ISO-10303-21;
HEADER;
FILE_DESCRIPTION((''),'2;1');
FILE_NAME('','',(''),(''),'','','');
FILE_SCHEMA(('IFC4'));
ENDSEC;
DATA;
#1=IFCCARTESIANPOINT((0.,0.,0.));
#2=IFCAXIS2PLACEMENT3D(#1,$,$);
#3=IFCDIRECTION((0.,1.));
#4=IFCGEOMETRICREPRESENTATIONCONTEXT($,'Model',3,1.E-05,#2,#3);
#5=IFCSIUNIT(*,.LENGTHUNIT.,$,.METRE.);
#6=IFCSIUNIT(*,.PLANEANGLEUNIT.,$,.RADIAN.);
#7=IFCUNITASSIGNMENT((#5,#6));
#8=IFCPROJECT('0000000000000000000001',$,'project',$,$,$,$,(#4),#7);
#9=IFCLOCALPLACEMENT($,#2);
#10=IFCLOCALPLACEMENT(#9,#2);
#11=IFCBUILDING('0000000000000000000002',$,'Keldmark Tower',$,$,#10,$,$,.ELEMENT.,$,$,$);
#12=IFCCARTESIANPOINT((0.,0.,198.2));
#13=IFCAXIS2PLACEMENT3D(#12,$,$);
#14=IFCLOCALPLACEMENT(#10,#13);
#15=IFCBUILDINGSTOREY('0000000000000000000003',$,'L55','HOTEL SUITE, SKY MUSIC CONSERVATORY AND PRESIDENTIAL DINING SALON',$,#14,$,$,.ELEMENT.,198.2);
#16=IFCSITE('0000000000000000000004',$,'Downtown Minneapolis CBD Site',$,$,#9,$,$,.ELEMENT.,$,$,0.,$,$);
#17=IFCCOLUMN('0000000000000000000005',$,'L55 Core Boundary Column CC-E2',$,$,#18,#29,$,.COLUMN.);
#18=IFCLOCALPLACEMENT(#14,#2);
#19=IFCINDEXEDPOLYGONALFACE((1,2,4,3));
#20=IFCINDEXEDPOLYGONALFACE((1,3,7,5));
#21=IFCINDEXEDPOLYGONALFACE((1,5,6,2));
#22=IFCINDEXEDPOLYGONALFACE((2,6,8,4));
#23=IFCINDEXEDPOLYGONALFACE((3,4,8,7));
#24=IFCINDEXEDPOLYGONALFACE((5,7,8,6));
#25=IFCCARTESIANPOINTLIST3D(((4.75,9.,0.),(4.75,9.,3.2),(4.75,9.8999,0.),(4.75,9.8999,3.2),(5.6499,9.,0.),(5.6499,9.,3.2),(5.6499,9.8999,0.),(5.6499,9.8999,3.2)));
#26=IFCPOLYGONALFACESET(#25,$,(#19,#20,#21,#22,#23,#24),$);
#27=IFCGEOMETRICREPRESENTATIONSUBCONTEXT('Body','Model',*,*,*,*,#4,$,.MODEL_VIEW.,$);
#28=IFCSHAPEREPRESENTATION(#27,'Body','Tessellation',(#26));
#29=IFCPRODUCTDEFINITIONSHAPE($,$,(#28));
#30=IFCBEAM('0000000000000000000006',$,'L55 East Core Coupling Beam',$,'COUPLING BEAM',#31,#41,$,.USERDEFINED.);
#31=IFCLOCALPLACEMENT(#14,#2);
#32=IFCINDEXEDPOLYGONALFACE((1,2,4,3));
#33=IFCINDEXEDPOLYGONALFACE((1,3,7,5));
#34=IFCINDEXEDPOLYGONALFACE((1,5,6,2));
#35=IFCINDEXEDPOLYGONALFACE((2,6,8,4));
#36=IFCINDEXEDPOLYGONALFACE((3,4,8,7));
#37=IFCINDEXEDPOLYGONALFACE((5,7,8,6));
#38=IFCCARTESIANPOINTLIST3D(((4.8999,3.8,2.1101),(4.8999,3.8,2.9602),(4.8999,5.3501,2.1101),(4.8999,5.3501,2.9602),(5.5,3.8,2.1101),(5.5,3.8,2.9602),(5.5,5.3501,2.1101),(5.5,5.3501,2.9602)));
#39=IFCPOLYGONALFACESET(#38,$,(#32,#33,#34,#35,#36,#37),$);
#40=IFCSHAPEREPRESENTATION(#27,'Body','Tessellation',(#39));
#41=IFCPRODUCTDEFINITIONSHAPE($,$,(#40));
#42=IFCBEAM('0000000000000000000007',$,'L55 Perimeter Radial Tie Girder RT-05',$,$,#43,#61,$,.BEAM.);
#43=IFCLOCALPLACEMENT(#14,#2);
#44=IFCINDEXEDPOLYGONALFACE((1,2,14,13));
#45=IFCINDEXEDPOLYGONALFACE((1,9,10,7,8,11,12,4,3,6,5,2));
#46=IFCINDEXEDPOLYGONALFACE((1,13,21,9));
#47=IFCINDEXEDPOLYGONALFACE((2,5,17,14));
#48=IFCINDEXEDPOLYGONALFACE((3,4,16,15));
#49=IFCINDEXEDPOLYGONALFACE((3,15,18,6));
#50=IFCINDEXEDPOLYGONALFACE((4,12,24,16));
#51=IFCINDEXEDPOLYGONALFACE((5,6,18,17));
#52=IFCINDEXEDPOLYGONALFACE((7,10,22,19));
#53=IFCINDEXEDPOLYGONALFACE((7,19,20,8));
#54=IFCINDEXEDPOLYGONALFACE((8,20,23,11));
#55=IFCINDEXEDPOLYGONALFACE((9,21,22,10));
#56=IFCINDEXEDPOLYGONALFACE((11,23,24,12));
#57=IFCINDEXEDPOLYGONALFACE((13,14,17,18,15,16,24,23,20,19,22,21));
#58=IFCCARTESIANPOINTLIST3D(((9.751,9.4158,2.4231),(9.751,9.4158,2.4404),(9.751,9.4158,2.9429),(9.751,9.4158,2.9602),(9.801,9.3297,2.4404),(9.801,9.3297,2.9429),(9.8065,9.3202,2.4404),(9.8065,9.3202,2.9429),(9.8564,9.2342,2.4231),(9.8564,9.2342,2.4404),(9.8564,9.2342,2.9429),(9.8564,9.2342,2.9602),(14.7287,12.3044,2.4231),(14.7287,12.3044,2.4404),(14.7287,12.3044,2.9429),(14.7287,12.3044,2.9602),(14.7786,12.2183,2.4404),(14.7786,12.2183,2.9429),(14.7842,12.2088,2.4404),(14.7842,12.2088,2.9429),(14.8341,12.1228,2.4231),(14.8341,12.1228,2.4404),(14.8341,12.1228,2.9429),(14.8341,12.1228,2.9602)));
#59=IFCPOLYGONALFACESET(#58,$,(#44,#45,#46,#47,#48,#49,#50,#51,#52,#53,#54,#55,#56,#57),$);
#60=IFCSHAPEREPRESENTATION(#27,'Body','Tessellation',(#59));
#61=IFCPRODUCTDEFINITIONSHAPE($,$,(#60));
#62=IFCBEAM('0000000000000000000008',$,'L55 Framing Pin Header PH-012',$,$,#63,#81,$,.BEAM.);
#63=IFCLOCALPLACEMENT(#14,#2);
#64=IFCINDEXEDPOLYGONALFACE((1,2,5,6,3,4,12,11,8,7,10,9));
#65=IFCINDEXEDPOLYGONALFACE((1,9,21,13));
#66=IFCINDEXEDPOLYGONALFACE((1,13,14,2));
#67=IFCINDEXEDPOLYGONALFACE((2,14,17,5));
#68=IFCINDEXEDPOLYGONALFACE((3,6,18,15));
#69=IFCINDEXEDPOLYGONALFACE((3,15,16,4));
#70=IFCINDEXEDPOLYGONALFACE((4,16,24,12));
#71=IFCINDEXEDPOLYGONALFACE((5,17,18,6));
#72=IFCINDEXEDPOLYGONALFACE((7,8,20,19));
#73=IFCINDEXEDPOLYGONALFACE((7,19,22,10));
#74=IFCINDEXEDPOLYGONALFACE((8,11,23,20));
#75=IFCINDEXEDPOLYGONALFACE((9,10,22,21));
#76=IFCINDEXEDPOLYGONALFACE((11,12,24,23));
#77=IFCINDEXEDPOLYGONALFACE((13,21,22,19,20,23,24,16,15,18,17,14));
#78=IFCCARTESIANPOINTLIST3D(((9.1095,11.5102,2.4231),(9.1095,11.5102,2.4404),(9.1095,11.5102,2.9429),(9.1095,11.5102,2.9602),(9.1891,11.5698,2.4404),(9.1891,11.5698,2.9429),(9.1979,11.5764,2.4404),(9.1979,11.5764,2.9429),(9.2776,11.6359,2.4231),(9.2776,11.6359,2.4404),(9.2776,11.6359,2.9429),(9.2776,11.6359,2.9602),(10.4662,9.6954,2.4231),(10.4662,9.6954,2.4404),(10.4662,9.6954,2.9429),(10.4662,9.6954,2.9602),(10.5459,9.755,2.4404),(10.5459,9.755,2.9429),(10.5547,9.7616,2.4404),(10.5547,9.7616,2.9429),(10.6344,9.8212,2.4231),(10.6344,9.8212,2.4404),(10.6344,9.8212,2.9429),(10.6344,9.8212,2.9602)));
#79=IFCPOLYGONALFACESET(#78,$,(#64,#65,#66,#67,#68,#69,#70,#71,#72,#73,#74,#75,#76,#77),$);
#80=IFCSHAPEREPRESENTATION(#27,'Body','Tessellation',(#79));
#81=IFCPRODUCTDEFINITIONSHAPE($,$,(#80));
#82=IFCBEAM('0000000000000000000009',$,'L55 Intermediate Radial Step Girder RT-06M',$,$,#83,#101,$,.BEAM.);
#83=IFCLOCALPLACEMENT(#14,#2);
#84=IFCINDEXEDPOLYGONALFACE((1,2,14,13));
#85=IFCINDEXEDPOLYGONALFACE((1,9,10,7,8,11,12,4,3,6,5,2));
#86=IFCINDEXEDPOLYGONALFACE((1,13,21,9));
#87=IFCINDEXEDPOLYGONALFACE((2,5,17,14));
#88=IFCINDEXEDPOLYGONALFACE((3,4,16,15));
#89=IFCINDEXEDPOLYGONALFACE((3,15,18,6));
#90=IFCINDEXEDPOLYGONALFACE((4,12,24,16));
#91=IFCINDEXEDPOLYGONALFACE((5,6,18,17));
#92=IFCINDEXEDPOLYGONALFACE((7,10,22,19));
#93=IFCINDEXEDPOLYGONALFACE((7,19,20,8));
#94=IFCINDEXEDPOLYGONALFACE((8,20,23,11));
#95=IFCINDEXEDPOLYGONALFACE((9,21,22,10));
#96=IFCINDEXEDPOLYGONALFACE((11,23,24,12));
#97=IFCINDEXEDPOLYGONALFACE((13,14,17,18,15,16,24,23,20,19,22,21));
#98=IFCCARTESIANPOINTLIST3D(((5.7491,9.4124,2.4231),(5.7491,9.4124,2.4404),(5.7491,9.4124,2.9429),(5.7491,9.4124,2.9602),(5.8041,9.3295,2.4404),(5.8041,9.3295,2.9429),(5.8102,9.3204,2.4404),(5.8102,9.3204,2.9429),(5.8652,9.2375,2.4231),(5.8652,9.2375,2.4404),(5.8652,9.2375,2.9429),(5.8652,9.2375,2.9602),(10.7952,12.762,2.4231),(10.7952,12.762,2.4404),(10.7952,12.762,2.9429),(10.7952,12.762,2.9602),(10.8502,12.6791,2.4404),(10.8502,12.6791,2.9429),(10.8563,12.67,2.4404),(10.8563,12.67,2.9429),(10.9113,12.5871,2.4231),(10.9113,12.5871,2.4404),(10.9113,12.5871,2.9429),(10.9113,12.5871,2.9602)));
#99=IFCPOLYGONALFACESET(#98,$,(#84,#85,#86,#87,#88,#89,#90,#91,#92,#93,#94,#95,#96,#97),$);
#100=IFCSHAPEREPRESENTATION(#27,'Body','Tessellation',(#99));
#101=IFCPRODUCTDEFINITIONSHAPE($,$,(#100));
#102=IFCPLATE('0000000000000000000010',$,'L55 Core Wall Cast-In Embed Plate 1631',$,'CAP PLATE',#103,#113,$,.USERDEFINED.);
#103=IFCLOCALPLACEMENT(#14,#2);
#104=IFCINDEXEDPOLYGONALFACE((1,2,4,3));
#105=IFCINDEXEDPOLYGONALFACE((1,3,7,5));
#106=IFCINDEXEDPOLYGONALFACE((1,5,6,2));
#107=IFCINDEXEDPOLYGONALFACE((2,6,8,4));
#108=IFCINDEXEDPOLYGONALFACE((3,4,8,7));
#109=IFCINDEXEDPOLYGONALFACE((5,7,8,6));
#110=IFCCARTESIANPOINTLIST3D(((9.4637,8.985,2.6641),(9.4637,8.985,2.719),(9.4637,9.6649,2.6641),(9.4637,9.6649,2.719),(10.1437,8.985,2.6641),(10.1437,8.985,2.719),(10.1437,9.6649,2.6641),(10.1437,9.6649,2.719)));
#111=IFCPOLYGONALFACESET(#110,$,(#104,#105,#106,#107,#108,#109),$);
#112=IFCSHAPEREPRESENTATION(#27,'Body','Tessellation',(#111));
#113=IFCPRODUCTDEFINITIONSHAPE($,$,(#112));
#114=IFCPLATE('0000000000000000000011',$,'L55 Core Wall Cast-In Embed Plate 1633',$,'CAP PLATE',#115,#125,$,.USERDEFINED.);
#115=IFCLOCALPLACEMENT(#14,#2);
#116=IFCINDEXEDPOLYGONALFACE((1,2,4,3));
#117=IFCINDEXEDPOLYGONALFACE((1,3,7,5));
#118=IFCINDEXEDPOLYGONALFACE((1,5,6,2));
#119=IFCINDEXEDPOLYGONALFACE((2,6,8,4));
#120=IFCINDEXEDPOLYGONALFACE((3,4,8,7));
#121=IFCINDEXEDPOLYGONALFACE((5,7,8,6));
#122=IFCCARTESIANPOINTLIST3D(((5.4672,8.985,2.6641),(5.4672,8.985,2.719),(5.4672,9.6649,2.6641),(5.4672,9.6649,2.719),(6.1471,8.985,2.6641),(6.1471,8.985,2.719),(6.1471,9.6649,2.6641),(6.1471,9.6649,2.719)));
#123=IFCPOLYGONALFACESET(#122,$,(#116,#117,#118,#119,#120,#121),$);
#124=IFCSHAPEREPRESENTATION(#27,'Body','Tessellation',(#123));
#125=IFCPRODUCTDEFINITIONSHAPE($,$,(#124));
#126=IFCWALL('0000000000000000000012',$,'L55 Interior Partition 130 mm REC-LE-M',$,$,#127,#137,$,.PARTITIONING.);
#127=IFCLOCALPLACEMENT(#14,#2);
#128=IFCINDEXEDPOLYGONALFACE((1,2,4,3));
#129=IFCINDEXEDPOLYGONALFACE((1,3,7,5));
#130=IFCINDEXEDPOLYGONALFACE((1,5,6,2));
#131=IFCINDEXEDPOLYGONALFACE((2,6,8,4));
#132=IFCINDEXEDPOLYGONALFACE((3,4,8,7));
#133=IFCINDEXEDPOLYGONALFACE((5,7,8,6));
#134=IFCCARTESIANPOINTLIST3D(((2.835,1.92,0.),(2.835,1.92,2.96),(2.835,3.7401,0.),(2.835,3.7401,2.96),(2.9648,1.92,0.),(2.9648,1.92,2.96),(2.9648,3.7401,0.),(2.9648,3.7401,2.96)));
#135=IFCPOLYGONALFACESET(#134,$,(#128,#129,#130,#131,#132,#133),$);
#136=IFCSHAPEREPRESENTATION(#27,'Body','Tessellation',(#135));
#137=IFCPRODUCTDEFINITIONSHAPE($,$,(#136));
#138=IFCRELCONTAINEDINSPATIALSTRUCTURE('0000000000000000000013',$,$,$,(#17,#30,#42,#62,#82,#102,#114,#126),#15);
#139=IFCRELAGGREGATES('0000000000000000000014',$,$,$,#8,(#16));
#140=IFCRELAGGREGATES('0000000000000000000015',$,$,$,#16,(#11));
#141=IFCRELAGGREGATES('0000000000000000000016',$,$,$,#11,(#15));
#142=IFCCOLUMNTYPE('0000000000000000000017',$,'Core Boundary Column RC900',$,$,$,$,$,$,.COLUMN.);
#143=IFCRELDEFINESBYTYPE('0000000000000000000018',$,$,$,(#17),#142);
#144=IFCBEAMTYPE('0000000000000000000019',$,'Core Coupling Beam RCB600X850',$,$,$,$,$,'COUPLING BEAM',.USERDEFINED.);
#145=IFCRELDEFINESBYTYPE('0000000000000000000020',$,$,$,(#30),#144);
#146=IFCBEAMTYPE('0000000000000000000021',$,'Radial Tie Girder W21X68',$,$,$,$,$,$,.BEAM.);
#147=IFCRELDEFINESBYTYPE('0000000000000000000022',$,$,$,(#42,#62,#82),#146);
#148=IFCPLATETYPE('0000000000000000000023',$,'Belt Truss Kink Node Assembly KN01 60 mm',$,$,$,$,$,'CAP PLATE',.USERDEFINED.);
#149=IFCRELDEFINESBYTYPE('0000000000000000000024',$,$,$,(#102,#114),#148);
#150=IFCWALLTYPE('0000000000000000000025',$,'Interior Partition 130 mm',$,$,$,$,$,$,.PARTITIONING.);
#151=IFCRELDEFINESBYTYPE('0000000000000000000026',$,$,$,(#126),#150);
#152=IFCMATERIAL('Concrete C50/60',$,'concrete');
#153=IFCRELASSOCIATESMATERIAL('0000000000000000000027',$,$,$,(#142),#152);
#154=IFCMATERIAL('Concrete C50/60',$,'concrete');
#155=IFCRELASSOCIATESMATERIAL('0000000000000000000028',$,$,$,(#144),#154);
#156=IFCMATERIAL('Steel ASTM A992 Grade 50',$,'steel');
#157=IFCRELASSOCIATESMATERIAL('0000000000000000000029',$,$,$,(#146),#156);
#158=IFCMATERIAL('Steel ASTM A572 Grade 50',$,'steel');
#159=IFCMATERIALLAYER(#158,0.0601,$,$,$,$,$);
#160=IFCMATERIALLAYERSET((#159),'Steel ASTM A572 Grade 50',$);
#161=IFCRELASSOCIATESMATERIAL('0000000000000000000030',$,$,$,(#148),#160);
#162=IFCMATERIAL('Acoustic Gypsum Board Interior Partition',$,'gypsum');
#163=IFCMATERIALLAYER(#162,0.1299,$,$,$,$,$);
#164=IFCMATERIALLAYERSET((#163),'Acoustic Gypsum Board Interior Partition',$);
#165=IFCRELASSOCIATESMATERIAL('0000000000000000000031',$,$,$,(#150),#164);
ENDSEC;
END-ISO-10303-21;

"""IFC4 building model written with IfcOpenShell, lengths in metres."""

from ifc_helpers import new_model, si_unit, direction, frame, frame_2d, origin, origin_2d, place, context, subcontext, project, spatial, rectangle, i_section, extrude, material, layer, layer_set, material_profile, profile_set, type_object, element, save


model = new_model("IFC4")

# Units and contexts
model_context = context("Model", 3, precision=1e-05, world=origin(), true_north=direction((0.0, 1.0)))
body_context = subcontext(model_context, "Body", "Model", "MODEL_VIEW")
ifc_project = project(units=[si_unit("LENGTHUNIT", "METRE"), si_unit("PLANEANGLEUNIT", "RADIAN")], contexts=[model_context])

# Site, building, storey
site_placement = place(None, origin())
site = spatial("IfcSite", under=ifc_project, at=site_placement, Name="Downtown Minneapolis CBD Site", CompositionType="ELEMENT", RefElevation=0.0)
building_placement = place(site_placement, origin())
building = spatial("IfcBuilding", under=site, at=building_placement, Name="Keldmark Tower", CompositionType="ELEMENT")
storey_placement = place(building_placement, frame((0.0, 0.0, 198.2)))
storey = spatial("IfcBuildingStorey", under=building, at=storey_placement, Name="L55", Description="HOTEL SUITE, SKY MUSIC CONSERVATORY AND PRESIDENTIAL DINING SALON", CompositionType="ELEMENT", Elevation=198.2)

# Column
ifc_material_1 = material(Name="Concrete C50/60", Category="concrete")
ifc_material_profile_1 = material_profile(ifc_material_1, rectangle(XDim=0.8999, YDim=0.8999, at=origin_2d()), Name="RC900X900")
ifc_profile_set_1 = profile_set([ifc_material_profile_1], Name="Concrete C50/60")
column_type = type_object("IfcColumnType", Name="Core Boundary Column RC900", PredefinedType="COLUMN", material=ifc_profile_set_1)
column_placement = place(storey_placement, frame((5.2, 9.45, 0.0), z_axis=(0.0, 0.0, 1.0), x_axis=(1.0, 0.0, 0.0)))
element("IfcColumn", 1, at=column_placement, inside=storey, type_object=column_type, Name="L55 Core Boundary Column CC-E2", PredefinedType="COLUMN", context=body_context, shape_type="SweptSolid", body=[
    extrude(rectangle(XDim=0.8999, YDim=0.8999, at=origin_2d()), origin(), (0.0, 0.0, 1.0), 3.2),
])

# Beams
ifc_material_2 = material(Name="Concrete C50/60", Category="concrete")
ifc_material_profile_2 = material_profile(ifc_material_2, rectangle(XDim=0.6001, YDim=0.8501, at=origin_2d()), Name="RCB600X850")
ifc_profile_set_2 = profile_set([ifc_material_profile_2], Name="Concrete C50/60")
beam_type_1 = type_object("IfcBeamType", Name="Core Coupling Beam RCB600X850", ElementType="COUPLING BEAM", PredefinedType="USERDEFINED", material=ifc_profile_set_2)
beam_1_placement = place(storey_placement, frame((5.2, 3.8, 2.5352), z_axis=(0.0, 1.0, 0.0), x_axis=(-1.0, 0.0, 0.0)))
element("IfcBeam", 2, at=beam_1_placement, inside=storey, type_object=beam_type_1, Name="L55 East Core Coupling Beam", ObjectType="COUPLING BEAM", PredefinedType="USERDEFINED", context=body_context, shape_type="SweptSolid", body=[
    extrude(rectangle(XDim=0.6001, YDim=0.8501, at=origin_2d()), origin(), (0.0, 0.0, 1.0), 1.55),
])
ifc_material_3 = material(Name="Steel ASTM A992 Grade 50", Category="steel")
ifc_material_profile_3 = material_profile(ifc_material_3, i_section(OverallWidth=0.21, OverallDepth=0.5371, WebThickness=0.011, FlangeThickness=0.0173, at=origin_2d()), Name="W21X68")
ifc_profile_set_3 = profile_set([ifc_material_profile_3], Name="Steel ASTM A992 Grade 50")
beam_type_2 = type_object("IfcBeamType", Name="Radial Tie Girder W21X68", PredefinedType="BEAM", material=ifc_profile_set_3)
beam_2_placement = place(storey_placement, frame((9.8037, 9.325, 2.6917), z_axis=(0.864914, 0.501921, 0.0), x_axis=(-0.501921, 0.864914, 0.0)))
element("IfcBeam", 3, at=beam_2_placement, inside=storey, type_object=beam_type_2, Name="L55 Perimeter Radial Tie Girder RT-05", PredefinedType="BEAM", context=body_context, shape_type="SweptSolid", body=[
    extrude(i_section(OverallWidth=0.21, OverallDepth=0.5371, WebThickness=0.011, FlangeThickness=0.0173, at=origin_2d()), origin(), (0.0, 0.0, 1.0), 5.7551),
])
beam_3_placement = place(storey_placement, frame((10.5503, 9.7583, 2.6917), z_axis=(-0.598775, 0.800917, 0.0), x_axis=(-0.800917, -0.598775, 0.0)))
element("IfcBeam", 4, at=beam_3_placement, inside=storey, type_object=beam_type_2, Name="L55 Framing Pin Header PH-012", PredefinedType="BEAM", context=body_context, shape_type="SweptSolid", body=[
    extrude(i_section(OverallWidth=0.21, OverallDepth=0.5371, WebThickness=0.011, FlangeThickness=0.0173, at=origin_2d()), origin(), (0.0, 0.0, 1.0), 2.2659),
])
beam_4_placement = place(storey_placement, frame((5.8071, 9.325, 2.6917), z_axis=(0.833153, 0.553043, 0.0), x_axis=(-0.553043, 0.833153, 0.0)))
element("IfcBeam", 5, at=beam_4_placement, inside=storey, type_object=beam_type_2, Name="L55 Intermediate Radial Step Girder RT-06M", PredefinedType="BEAM", context=body_context, shape_type="SweptSolid", body=[
    extrude(i_section(OverallWidth=0.21, OverallDepth=0.5371, WebThickness=0.011, FlangeThickness=0.0173, at=origin_2d()), origin(), (0.0, 0.0, 1.0), 6.0566),
])

# Plates
ifc_material_4 = material(Name="Steel ASTM A572 Grade 50", Category="steel")
ifc_layer_1 = layer(ifc_material_4, 0.0601)
ifc_layer_set_1 = layer_set([ifc_layer_1], Name="Steel ASTM A572 Grade 50")
plate_type = type_object("IfcPlateType", Name="Belt Truss Kink Node Assembly KN01 60 mm", ElementType="CAP PLATE", PredefinedType="USERDEFINED", material=ifc_layer_set_1)
for number, where, z_axis, x_axis, name in (
    (6, (9.8037, 9.325, 2.6641), (0.0, 0.0, 1.0), (1.0, 0.0, 0.0), "L55 Core Wall Cast-In Embed Plate 1631"),
    (7, (5.8071, 9.325, 2.6641), (0.0, 0.0, 1.0), (1.0, 0.0, 0.0), "L55 Core Wall Cast-In Embed Plate 1633"),
):
    element("IfcPlate", number, at=place(storey_placement, frame(where, z_axis=z_axis, x_axis=x_axis)), inside=storey, type_object=plate_type, Name=name, ObjectType="CAP PLATE", PredefinedType="USERDEFINED", context=body_context, shape_type="SweptSolid", body=[
        extrude(rectangle(XDim=0.6799, YDim=0.6799, at=origin_2d()), origin(), (0.0, 0.0, 1.0), 0.0549),
    ])

# Wall
ifc_material_5 = material(Name="Acoustic Gypsum Board Interior Partition", Category="gypsum")
ifc_layer_2 = layer(ifc_material_5, 0.1299)
ifc_layer_set_2 = layer_set([ifc_layer_2], Name="Acoustic Gypsum Board Interior Partition")
wall_type_1 = type_object("IfcWallType", Name="Interior Partition 130 mm", PredefinedType="PARTITIONING", material=ifc_layer_set_2)
wall_1_placement = place(storey_placement, frame((2.8999, 1.9199, 0.0), z_axis=(0.0, 0.0, 1.0), x_axis=(0.0, 1.0, 0.0)))
element("IfcWall", 8, at=wall_1_placement, inside=storey, type_object=wall_type_1, Name="L55 Interior Partition 130 mm REC-LE-M", PredefinedType="PARTITIONING", context=body_context, shape_type="SweptSolid", body=[
    extrude(rectangle(XDim=1.8201, YDim=0.1299, at=frame_2d((0.9102, 0.0))), origin(), (0.0, 0.0, 1.0), 2.96),
])

save(model, "model.ifc")
